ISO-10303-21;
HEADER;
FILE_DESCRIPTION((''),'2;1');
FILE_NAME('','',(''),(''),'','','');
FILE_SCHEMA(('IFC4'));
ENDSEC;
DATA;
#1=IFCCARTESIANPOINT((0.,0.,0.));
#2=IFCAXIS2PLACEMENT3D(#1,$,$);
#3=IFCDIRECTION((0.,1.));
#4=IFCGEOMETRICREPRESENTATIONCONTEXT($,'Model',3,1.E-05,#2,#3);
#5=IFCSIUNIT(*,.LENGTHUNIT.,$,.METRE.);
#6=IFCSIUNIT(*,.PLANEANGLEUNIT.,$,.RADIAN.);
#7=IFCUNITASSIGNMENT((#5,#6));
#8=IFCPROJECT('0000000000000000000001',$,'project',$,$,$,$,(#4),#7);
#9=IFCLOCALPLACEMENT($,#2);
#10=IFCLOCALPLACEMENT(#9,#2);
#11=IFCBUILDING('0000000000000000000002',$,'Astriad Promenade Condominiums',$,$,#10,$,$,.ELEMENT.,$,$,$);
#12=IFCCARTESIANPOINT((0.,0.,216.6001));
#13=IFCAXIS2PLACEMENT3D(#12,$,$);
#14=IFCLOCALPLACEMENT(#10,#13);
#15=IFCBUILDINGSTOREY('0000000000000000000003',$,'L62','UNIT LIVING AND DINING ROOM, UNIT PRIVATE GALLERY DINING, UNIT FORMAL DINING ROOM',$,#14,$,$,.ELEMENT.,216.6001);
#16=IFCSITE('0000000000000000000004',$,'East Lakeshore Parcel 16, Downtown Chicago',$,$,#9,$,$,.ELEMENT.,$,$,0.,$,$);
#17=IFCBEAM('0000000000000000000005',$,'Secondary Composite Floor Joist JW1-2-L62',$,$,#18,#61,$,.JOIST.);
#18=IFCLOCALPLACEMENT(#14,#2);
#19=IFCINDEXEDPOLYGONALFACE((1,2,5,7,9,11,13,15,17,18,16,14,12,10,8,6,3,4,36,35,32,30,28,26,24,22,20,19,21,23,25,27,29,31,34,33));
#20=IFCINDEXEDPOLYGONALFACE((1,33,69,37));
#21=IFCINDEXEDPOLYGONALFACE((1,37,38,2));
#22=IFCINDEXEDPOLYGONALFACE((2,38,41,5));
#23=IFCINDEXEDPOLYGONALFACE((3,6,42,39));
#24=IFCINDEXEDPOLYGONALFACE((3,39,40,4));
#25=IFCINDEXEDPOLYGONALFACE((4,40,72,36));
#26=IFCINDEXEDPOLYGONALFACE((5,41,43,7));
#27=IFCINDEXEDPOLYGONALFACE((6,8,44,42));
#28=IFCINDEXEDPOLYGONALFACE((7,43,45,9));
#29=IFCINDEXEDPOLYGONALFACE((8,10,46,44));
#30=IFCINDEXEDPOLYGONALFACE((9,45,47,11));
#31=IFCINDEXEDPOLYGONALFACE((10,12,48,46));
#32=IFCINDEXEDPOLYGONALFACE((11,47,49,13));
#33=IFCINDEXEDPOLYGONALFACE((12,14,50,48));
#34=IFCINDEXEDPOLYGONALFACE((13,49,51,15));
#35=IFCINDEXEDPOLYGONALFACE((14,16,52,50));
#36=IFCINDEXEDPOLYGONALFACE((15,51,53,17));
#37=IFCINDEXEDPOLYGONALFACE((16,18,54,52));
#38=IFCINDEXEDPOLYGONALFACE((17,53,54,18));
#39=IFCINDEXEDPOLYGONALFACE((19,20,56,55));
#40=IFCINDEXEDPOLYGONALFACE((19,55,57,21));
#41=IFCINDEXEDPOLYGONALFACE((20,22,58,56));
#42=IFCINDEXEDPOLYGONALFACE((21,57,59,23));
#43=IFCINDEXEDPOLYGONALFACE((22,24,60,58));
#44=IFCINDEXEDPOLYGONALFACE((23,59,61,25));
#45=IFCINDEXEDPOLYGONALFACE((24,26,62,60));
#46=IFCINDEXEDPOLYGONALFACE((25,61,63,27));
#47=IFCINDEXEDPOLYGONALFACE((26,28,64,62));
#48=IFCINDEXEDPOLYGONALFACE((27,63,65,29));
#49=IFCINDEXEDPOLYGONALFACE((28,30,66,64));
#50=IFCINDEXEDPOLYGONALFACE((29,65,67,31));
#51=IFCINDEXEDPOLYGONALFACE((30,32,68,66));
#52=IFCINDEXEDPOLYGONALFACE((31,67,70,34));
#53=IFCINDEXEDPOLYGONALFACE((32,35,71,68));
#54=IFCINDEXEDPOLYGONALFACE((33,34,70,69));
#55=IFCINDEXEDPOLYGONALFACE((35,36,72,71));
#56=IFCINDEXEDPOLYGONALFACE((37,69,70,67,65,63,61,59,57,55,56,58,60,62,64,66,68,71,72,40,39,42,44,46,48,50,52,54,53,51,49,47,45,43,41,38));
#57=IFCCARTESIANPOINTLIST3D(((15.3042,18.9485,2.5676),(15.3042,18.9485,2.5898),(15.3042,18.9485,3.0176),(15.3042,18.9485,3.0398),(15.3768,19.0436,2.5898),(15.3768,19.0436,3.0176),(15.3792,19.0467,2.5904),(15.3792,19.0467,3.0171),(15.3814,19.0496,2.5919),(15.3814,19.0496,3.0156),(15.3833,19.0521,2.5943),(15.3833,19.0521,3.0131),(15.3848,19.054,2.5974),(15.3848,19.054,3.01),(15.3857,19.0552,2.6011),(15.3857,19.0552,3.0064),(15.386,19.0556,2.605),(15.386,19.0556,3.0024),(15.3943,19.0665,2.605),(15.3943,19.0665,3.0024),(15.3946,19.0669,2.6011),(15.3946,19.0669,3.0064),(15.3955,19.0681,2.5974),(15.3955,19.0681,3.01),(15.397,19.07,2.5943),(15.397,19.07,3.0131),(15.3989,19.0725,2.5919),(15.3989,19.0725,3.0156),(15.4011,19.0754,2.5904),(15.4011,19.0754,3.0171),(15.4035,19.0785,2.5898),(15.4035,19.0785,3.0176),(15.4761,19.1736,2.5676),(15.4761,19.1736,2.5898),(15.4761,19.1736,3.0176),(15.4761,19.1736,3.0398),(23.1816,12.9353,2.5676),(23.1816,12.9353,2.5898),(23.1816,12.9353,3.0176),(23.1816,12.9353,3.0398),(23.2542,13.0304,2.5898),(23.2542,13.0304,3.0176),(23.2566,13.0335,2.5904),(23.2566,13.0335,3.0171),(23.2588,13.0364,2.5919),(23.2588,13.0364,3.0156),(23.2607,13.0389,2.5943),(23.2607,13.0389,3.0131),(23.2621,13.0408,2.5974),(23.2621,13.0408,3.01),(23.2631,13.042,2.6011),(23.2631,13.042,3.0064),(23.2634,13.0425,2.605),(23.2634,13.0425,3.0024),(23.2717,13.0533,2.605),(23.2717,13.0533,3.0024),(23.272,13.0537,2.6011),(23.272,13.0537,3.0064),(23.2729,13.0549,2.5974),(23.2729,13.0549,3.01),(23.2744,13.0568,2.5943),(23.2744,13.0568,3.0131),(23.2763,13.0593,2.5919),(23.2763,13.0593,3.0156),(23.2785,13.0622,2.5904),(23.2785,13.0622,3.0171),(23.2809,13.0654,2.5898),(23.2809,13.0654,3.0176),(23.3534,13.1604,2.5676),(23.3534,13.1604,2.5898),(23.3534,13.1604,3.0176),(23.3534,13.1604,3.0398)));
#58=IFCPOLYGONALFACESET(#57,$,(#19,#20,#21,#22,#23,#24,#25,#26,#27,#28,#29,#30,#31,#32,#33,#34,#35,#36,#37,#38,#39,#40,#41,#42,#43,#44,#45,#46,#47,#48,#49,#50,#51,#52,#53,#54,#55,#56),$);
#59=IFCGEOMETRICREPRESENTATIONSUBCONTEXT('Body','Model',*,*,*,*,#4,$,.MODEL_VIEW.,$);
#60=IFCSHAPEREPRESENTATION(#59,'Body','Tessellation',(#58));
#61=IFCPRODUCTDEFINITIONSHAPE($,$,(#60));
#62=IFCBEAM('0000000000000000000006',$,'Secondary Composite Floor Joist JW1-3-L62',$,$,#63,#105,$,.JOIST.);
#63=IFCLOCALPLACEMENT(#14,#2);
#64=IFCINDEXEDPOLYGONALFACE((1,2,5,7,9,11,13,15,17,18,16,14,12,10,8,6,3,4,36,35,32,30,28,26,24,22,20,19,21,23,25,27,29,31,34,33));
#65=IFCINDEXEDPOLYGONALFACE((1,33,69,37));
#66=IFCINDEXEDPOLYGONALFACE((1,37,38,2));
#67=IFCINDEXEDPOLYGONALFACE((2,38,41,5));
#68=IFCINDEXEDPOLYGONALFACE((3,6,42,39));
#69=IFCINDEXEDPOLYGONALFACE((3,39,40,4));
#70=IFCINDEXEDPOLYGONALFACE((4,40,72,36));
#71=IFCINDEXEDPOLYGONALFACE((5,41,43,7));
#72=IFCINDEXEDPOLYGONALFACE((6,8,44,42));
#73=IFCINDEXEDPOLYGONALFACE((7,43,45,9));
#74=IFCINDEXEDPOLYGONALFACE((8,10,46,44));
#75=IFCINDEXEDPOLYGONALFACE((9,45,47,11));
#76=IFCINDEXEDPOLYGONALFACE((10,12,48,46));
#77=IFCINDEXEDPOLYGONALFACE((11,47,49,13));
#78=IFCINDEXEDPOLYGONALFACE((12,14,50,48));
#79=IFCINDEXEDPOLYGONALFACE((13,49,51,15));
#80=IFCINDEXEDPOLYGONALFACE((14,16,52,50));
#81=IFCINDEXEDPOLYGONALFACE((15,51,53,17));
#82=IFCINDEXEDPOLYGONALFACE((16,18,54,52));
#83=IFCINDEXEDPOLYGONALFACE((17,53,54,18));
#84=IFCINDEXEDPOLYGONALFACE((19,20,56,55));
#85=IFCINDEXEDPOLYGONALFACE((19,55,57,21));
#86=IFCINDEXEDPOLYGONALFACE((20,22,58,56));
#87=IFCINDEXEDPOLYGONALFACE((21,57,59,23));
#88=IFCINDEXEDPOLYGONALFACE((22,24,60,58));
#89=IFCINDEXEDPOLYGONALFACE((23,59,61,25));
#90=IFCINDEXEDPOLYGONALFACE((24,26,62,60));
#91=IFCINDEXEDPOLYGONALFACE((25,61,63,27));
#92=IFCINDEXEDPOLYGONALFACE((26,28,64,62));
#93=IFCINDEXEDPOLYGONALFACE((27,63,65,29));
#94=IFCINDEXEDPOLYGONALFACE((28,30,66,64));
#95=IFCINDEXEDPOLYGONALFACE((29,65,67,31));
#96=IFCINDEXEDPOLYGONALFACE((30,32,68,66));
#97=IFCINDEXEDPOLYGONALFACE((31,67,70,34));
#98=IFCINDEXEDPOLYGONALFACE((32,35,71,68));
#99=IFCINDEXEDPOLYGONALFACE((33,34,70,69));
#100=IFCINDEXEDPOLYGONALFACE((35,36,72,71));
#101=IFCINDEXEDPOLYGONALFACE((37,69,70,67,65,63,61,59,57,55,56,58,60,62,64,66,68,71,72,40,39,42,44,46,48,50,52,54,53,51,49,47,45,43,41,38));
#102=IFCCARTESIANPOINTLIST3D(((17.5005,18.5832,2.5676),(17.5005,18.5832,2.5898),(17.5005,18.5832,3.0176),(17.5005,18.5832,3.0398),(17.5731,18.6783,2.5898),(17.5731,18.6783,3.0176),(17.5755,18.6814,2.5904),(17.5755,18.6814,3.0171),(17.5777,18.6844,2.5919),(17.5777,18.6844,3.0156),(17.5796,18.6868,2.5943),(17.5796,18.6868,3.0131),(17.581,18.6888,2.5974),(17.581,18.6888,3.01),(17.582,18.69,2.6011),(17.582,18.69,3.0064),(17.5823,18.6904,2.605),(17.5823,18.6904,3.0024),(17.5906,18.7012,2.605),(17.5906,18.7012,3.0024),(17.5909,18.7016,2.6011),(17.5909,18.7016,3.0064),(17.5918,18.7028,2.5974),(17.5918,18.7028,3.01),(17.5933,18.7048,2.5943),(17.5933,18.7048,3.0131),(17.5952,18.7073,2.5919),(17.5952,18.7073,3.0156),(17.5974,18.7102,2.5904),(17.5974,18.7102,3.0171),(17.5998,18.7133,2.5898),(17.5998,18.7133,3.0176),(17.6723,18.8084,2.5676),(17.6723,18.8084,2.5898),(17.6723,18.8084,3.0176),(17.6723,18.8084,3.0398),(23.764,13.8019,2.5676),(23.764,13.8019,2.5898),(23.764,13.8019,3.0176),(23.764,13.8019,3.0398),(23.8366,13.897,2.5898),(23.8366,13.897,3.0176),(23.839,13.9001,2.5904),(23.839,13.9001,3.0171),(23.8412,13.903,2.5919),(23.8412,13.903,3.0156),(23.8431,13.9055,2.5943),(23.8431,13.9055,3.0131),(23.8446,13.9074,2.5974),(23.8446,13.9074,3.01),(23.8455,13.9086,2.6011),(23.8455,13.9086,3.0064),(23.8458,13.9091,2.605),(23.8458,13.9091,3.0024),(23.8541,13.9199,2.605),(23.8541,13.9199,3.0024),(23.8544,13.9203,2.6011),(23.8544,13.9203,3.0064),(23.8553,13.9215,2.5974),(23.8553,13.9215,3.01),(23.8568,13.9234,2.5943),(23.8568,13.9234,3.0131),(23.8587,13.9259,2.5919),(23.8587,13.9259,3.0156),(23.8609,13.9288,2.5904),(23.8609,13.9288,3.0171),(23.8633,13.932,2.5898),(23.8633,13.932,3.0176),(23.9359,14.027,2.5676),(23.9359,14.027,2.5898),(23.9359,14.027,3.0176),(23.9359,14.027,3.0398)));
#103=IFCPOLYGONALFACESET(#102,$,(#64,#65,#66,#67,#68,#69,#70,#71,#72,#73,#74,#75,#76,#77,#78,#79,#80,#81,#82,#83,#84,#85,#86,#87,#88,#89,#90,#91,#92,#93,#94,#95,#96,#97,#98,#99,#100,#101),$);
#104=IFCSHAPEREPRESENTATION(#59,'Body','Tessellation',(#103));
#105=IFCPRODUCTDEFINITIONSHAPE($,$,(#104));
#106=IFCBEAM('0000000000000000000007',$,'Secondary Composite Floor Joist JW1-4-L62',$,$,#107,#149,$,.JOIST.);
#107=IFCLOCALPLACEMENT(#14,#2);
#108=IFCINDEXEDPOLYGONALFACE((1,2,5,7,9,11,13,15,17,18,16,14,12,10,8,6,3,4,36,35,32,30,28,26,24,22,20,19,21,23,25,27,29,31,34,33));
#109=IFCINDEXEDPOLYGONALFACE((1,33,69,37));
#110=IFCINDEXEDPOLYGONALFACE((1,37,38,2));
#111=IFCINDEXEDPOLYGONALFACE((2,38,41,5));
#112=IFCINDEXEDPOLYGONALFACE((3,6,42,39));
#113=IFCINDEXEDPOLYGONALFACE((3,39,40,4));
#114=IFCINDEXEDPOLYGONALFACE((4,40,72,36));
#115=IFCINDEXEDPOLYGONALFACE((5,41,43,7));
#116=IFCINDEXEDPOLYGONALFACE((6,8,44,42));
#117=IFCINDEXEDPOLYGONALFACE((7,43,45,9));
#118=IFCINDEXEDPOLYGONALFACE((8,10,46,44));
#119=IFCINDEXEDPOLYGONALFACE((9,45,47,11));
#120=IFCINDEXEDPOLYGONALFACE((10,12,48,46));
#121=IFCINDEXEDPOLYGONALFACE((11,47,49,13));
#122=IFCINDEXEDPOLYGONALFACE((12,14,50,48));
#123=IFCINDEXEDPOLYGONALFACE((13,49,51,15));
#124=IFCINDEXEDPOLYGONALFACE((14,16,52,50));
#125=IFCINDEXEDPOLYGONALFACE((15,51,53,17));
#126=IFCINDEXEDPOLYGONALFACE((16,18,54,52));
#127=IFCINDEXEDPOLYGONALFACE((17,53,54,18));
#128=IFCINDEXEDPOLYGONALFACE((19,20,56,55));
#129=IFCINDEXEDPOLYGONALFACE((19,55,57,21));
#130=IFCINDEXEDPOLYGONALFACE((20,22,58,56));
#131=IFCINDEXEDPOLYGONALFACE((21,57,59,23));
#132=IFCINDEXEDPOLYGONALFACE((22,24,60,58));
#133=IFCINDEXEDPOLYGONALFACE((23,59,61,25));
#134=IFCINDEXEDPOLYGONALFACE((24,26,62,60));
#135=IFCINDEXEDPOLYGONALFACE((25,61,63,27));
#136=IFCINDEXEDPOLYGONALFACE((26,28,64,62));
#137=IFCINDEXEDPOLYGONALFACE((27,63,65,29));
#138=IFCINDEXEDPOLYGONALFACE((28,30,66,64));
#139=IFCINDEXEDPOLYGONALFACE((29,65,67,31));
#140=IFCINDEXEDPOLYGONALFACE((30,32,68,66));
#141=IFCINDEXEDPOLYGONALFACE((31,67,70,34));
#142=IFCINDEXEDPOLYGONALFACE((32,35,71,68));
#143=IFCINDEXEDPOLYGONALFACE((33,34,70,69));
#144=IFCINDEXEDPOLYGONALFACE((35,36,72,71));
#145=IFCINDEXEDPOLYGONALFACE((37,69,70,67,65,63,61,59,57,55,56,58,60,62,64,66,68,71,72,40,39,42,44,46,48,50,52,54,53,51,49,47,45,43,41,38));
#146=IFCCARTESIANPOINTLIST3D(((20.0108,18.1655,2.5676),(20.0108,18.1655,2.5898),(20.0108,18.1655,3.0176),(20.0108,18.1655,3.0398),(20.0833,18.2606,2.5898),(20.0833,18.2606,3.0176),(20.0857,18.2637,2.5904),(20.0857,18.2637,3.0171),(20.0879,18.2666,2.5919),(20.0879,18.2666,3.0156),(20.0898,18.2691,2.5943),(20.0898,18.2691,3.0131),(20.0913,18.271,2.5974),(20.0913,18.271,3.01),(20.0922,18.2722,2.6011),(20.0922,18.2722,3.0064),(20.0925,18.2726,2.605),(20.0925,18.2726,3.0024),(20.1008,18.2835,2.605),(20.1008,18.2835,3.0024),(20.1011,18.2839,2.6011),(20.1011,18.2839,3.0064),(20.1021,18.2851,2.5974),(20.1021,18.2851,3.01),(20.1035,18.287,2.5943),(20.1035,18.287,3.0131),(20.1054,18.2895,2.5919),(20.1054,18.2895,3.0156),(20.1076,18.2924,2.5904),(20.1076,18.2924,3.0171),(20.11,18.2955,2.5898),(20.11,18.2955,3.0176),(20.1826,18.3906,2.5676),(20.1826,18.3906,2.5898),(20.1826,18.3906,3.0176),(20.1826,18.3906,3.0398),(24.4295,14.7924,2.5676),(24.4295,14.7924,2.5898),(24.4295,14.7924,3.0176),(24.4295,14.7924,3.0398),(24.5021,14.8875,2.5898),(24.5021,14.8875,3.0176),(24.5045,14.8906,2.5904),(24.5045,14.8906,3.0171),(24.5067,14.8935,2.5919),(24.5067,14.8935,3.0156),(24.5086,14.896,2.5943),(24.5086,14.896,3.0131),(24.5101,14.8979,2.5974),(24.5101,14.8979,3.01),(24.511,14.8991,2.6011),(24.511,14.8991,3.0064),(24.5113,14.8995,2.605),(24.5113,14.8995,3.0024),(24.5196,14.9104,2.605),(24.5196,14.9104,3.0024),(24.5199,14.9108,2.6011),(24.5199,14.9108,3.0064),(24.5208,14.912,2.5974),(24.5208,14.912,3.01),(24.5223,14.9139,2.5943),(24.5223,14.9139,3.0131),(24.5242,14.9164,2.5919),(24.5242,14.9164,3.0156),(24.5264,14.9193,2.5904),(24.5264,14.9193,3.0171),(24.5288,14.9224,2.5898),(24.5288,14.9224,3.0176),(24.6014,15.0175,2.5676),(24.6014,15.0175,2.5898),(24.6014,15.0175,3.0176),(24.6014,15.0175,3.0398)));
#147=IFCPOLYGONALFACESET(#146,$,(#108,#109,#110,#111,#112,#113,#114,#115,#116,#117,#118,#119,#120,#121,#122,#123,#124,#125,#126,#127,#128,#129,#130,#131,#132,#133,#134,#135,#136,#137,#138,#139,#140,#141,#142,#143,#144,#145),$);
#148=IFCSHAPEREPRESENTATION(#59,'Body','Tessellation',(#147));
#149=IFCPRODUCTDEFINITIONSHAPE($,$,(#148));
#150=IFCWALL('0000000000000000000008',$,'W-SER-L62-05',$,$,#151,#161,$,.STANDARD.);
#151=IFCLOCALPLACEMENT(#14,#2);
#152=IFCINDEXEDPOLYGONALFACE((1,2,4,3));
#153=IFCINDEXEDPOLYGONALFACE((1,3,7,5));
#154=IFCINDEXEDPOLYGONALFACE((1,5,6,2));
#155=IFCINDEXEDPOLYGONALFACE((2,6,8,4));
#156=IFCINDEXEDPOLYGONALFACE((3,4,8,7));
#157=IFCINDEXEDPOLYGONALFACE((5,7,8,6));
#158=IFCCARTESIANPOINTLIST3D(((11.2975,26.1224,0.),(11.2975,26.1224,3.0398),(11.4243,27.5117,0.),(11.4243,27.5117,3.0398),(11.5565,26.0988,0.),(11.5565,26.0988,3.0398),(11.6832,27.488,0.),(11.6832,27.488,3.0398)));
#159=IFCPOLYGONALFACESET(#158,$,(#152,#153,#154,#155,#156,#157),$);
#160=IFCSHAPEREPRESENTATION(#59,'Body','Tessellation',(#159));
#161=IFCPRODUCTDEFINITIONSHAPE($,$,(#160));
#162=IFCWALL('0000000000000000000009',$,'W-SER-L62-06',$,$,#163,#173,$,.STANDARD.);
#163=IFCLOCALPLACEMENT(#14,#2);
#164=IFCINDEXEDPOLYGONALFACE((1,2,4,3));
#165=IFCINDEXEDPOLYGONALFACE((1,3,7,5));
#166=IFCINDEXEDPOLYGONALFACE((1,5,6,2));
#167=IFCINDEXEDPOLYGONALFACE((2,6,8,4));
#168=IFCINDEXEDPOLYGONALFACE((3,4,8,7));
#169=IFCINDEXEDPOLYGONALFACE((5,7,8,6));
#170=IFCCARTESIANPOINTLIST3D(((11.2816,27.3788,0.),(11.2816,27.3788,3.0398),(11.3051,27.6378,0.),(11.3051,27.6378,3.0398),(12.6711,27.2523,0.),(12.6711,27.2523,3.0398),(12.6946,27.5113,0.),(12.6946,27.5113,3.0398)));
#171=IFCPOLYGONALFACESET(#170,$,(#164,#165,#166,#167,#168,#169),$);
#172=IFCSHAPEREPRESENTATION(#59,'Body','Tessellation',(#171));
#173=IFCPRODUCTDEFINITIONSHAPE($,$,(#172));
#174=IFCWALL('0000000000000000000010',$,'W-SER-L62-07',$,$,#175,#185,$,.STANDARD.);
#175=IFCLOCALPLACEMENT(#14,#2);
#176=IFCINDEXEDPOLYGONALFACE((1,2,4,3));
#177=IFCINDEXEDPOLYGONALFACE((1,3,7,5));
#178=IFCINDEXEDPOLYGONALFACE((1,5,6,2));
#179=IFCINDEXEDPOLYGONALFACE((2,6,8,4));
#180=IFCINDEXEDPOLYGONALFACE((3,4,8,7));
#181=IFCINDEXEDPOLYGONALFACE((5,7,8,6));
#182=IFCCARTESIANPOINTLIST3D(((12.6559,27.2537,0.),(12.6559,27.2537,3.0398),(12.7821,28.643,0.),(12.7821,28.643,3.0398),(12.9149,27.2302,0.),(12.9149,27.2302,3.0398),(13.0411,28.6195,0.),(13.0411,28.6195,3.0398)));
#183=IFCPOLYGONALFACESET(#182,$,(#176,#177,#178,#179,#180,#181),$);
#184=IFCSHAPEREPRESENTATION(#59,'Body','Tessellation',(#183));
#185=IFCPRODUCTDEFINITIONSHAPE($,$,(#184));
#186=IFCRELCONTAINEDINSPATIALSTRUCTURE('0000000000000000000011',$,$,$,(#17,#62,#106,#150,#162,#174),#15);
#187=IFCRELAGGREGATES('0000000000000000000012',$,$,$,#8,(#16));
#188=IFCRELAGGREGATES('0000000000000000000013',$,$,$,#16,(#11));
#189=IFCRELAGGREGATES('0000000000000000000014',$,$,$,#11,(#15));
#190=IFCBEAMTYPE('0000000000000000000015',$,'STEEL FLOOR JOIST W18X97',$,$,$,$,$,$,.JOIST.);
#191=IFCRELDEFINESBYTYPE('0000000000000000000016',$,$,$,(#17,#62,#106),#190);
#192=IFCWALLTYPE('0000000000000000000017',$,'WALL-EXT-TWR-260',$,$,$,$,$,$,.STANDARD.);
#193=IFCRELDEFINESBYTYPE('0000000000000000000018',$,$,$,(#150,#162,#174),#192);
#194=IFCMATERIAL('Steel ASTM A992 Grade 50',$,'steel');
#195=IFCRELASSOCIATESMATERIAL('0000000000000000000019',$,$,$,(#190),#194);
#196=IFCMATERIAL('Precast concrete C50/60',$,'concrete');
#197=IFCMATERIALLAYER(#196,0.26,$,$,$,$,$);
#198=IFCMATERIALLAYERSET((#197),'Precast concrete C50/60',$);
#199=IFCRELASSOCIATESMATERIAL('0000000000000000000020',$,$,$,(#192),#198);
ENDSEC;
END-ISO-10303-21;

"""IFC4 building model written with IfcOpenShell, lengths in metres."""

from ifc_helpers import new_model, si_unit, direction, frame, frame_2d, origin, origin_2d, place, context, subcontext, project, spatial, rectangle, i_section, extrude, source, transform, mapped, material, layer, layer_set, material_profile, profile_set, type_object, element, save


model = new_model("IFC4")

# Units and contexts
model_context = context("Model", 3, precision=1e-05, world=origin(), true_north=direction((0.0, 1.0)))
body_context = subcontext(model_context, "Body", "Model", "MODEL_VIEW")
ifc_project = project(units=[si_unit("LENGTHUNIT", "METRE"), si_unit("PLANEANGLEUNIT", "RADIAN")], contexts=[model_context])

# Site, building, storey
site_placement = place(None, origin())
site = spatial("IfcSite", under=ifc_project, at=site_placement, Name="East Lakeshore Parcel 16, Downtown Chicago", CompositionType="ELEMENT", RefElevation=0.0)
building_placement = place(site_placement, origin())
building = spatial("IfcBuilding", under=site, at=building_placement, Name="Astriad Promenade Condominiums", CompositionType="ELEMENT")
storey_placement = place(building_placement, frame((0.0, 0.0, 216.6001)))
storey = spatial("IfcBuildingStorey", under=building, at=storey_placement, Name="L62", Description="UNIT LIVING AND DINING ROOM, UNIT PRIVATE GALLERY DINING, UNIT FORMAL DINING ROOM", CompositionType="ELEMENT", Elevation=216.6001)

# Beams
ifc_material_1 = material(Name="Steel ASTM A992 Grade 50", Category="steel")
ifc_material_profile_1 = material_profile(ifc_material_1, i_section(OverallWidth=0.2832, OverallDepth=0.4722, WebThickness=0.0137, FlangeThickness=0.0222, FilletRadius=0.0151, at=origin_2d()), Name="W18X97")
ifc_profile_set_1 = profile_set([ifc_material_profile_1], Name="Steel ASTM A992 Grade 50")
beam_type_1 = type_object("IfcBeamType", Name="STEEL FLOOR JOIST W18X97", PredefinedType="JOIST", material=ifc_profile_set_1)
shared_shape_1 = source(origin(), body_context, "Body", "SweptSolid", [
    extrude(i_section(OverallWidth=0.2832, OverallDepth=0.4722, WebThickness=0.0137, FlangeThickness=0.0222, FilletRadius=0.0151, at=origin_2d()), origin(), (0.0, 0.0, 1.0), 9.9102),
])
beam_1_placement = place(storey_placement, frame((15.3901, 19.061, 2.8037), z_axis=(0.794881, -0.606766, 0.0), x_axis=(0.606766, 0.794881, 0.0)))
element("IfcBeam", 1, at=beam_1_placement, inside=storey, type_object=beam_type_1, Name="Secondary Composite Floor Joist JW1-2-L62", PredefinedType="JOIST", context=body_context, shape_type="MappedRepresentation", body=[
    mapped(shared_shape_1, transform((0.0, 0.0, 0.0), scale=1.0)),
])
shared_shape_2 = source(origin(), body_context, "Body", "SweptSolid", [
    extrude(i_section(OverallWidth=0.2832, OverallDepth=0.4722, WebThickness=0.0137, FlangeThickness=0.0222, FilletRadius=0.0151, at=origin_2d()), origin(), (0.0, 0.0, 1.0), 7.8799),
])
beam_2_placement = place(storey_placement, frame((17.5864, 18.6958, 2.8037), z_axis=(0.794874, -0.606775, 0.0), x_axis=(0.606775, 0.794874, 0.0)))
element("IfcBeam", 2, at=beam_2_placement, inside=storey, type_object=beam_type_1, Name="Secondary Composite Floor Joist JW1-3-L62", PredefinedType="JOIST", context=body_context, shape_type="MappedRepresentation", body=[
    mapped(shared_shape_2, transform((0.0, 0.0, 0.0), scale=1.0)),
])
shared_shape_3 = source(origin(), body_context, "Body", "SweptSolid", [
    extrude(i_section(OverallWidth=0.2832, OverallDepth=0.4722, WebThickness=0.0137, FlangeThickness=0.0222, FilletRadius=0.0151, at=origin_2d()), origin(), (0.0, 0.0, 1.0), 5.5591),
])
beam_3_placement = place(storey_placement, frame((20.0967, 18.2781, 2.8037), z_axis=(0.794875, -0.606773, 0.0), x_axis=(0.606773, 0.794875, 0.0)))
element("IfcBeam", 3, at=beam_3_placement, inside=storey, type_object=beam_type_1, Name="Secondary Composite Floor Joist JW1-4-L62", PredefinedType="JOIST", context=body_context, shape_type="MappedRepresentation", body=[
    mapped(shared_shape_3, transform((0.0, 0.0, 0.0), scale=1.0)),
])

# Walls
ifc_material_2 = material(Name="Precast concrete C50/60", Category="concrete")
ifc_layer_1 = layer(ifc_material_2, 0.26)
ifc_layer_set_1 = layer_set([ifc_layer_1], Name="Precast concrete C50/60")
wall_type_1 = type_object("IfcWallType", Name="WALL-EXT-TWR-260", PredefinedType="STANDARD", material=ifc_layer_set_1)
wall_1_placement = place(storey_placement, frame((11.427, 26.1106, 0.0), z_axis=(0.0, 0.0, 1.0), x_axis=(0.090836, 0.995866, 0.0)))
element("IfcWall", 4, at=wall_1_placement, inside=storey, type_object=wall_type_1, Name="W-SER-L62-05", PredefinedType="STANDARD", context=body_context, shape_type="SweptSolid", body=[
    extrude(rectangle(XDim=1.395, YDim=0.26, at=frame_2d((0.6975, 0.0))), origin(), (0.0, 0.0, 1.0), 3.0398),
])
wall_2_placement = place(storey_placement, frame((11.2932, 27.5083, 0.0), z_axis=(0.0, 0.0, 1.0), x_axis=(0.995883, -0.090646, 0.0)))
element("IfcWall", 5, at=wall_2_placement, inside=storey, type_object=wall_type_1, Name="W-SER-L62-06", PredefinedType="STANDARD", context=body_context, shape_type="SweptSolid", body=[
    extrude(rectangle(XDim=1.3953, YDim=0.26, at=frame_2d((0.6978, 0.0))), origin(), (0.0, 0.0, 1.0), 3.0398),
])
wall_3_placement = place(storey_placement, frame((12.7854, 27.2419, 0.0), z_axis=(0.0, 0.0, 1.0), x_axis=(0.090473, 0.995899, 0.0)))
element("IfcWall", 6, at=wall_3_placement, inside=storey, type_object=wall_type_1, Name="W-SER-L62-07", PredefinedType="STANDARD", context=body_context, shape_type="SweptSolid", body=[
    extrude(rectangle(XDim=1.395, YDim=0.26, at=frame_2d((0.6975, 0.0))), origin(), (0.0, 0.0, 1.0), 3.0398),
])

save(model, "model.ifc")
